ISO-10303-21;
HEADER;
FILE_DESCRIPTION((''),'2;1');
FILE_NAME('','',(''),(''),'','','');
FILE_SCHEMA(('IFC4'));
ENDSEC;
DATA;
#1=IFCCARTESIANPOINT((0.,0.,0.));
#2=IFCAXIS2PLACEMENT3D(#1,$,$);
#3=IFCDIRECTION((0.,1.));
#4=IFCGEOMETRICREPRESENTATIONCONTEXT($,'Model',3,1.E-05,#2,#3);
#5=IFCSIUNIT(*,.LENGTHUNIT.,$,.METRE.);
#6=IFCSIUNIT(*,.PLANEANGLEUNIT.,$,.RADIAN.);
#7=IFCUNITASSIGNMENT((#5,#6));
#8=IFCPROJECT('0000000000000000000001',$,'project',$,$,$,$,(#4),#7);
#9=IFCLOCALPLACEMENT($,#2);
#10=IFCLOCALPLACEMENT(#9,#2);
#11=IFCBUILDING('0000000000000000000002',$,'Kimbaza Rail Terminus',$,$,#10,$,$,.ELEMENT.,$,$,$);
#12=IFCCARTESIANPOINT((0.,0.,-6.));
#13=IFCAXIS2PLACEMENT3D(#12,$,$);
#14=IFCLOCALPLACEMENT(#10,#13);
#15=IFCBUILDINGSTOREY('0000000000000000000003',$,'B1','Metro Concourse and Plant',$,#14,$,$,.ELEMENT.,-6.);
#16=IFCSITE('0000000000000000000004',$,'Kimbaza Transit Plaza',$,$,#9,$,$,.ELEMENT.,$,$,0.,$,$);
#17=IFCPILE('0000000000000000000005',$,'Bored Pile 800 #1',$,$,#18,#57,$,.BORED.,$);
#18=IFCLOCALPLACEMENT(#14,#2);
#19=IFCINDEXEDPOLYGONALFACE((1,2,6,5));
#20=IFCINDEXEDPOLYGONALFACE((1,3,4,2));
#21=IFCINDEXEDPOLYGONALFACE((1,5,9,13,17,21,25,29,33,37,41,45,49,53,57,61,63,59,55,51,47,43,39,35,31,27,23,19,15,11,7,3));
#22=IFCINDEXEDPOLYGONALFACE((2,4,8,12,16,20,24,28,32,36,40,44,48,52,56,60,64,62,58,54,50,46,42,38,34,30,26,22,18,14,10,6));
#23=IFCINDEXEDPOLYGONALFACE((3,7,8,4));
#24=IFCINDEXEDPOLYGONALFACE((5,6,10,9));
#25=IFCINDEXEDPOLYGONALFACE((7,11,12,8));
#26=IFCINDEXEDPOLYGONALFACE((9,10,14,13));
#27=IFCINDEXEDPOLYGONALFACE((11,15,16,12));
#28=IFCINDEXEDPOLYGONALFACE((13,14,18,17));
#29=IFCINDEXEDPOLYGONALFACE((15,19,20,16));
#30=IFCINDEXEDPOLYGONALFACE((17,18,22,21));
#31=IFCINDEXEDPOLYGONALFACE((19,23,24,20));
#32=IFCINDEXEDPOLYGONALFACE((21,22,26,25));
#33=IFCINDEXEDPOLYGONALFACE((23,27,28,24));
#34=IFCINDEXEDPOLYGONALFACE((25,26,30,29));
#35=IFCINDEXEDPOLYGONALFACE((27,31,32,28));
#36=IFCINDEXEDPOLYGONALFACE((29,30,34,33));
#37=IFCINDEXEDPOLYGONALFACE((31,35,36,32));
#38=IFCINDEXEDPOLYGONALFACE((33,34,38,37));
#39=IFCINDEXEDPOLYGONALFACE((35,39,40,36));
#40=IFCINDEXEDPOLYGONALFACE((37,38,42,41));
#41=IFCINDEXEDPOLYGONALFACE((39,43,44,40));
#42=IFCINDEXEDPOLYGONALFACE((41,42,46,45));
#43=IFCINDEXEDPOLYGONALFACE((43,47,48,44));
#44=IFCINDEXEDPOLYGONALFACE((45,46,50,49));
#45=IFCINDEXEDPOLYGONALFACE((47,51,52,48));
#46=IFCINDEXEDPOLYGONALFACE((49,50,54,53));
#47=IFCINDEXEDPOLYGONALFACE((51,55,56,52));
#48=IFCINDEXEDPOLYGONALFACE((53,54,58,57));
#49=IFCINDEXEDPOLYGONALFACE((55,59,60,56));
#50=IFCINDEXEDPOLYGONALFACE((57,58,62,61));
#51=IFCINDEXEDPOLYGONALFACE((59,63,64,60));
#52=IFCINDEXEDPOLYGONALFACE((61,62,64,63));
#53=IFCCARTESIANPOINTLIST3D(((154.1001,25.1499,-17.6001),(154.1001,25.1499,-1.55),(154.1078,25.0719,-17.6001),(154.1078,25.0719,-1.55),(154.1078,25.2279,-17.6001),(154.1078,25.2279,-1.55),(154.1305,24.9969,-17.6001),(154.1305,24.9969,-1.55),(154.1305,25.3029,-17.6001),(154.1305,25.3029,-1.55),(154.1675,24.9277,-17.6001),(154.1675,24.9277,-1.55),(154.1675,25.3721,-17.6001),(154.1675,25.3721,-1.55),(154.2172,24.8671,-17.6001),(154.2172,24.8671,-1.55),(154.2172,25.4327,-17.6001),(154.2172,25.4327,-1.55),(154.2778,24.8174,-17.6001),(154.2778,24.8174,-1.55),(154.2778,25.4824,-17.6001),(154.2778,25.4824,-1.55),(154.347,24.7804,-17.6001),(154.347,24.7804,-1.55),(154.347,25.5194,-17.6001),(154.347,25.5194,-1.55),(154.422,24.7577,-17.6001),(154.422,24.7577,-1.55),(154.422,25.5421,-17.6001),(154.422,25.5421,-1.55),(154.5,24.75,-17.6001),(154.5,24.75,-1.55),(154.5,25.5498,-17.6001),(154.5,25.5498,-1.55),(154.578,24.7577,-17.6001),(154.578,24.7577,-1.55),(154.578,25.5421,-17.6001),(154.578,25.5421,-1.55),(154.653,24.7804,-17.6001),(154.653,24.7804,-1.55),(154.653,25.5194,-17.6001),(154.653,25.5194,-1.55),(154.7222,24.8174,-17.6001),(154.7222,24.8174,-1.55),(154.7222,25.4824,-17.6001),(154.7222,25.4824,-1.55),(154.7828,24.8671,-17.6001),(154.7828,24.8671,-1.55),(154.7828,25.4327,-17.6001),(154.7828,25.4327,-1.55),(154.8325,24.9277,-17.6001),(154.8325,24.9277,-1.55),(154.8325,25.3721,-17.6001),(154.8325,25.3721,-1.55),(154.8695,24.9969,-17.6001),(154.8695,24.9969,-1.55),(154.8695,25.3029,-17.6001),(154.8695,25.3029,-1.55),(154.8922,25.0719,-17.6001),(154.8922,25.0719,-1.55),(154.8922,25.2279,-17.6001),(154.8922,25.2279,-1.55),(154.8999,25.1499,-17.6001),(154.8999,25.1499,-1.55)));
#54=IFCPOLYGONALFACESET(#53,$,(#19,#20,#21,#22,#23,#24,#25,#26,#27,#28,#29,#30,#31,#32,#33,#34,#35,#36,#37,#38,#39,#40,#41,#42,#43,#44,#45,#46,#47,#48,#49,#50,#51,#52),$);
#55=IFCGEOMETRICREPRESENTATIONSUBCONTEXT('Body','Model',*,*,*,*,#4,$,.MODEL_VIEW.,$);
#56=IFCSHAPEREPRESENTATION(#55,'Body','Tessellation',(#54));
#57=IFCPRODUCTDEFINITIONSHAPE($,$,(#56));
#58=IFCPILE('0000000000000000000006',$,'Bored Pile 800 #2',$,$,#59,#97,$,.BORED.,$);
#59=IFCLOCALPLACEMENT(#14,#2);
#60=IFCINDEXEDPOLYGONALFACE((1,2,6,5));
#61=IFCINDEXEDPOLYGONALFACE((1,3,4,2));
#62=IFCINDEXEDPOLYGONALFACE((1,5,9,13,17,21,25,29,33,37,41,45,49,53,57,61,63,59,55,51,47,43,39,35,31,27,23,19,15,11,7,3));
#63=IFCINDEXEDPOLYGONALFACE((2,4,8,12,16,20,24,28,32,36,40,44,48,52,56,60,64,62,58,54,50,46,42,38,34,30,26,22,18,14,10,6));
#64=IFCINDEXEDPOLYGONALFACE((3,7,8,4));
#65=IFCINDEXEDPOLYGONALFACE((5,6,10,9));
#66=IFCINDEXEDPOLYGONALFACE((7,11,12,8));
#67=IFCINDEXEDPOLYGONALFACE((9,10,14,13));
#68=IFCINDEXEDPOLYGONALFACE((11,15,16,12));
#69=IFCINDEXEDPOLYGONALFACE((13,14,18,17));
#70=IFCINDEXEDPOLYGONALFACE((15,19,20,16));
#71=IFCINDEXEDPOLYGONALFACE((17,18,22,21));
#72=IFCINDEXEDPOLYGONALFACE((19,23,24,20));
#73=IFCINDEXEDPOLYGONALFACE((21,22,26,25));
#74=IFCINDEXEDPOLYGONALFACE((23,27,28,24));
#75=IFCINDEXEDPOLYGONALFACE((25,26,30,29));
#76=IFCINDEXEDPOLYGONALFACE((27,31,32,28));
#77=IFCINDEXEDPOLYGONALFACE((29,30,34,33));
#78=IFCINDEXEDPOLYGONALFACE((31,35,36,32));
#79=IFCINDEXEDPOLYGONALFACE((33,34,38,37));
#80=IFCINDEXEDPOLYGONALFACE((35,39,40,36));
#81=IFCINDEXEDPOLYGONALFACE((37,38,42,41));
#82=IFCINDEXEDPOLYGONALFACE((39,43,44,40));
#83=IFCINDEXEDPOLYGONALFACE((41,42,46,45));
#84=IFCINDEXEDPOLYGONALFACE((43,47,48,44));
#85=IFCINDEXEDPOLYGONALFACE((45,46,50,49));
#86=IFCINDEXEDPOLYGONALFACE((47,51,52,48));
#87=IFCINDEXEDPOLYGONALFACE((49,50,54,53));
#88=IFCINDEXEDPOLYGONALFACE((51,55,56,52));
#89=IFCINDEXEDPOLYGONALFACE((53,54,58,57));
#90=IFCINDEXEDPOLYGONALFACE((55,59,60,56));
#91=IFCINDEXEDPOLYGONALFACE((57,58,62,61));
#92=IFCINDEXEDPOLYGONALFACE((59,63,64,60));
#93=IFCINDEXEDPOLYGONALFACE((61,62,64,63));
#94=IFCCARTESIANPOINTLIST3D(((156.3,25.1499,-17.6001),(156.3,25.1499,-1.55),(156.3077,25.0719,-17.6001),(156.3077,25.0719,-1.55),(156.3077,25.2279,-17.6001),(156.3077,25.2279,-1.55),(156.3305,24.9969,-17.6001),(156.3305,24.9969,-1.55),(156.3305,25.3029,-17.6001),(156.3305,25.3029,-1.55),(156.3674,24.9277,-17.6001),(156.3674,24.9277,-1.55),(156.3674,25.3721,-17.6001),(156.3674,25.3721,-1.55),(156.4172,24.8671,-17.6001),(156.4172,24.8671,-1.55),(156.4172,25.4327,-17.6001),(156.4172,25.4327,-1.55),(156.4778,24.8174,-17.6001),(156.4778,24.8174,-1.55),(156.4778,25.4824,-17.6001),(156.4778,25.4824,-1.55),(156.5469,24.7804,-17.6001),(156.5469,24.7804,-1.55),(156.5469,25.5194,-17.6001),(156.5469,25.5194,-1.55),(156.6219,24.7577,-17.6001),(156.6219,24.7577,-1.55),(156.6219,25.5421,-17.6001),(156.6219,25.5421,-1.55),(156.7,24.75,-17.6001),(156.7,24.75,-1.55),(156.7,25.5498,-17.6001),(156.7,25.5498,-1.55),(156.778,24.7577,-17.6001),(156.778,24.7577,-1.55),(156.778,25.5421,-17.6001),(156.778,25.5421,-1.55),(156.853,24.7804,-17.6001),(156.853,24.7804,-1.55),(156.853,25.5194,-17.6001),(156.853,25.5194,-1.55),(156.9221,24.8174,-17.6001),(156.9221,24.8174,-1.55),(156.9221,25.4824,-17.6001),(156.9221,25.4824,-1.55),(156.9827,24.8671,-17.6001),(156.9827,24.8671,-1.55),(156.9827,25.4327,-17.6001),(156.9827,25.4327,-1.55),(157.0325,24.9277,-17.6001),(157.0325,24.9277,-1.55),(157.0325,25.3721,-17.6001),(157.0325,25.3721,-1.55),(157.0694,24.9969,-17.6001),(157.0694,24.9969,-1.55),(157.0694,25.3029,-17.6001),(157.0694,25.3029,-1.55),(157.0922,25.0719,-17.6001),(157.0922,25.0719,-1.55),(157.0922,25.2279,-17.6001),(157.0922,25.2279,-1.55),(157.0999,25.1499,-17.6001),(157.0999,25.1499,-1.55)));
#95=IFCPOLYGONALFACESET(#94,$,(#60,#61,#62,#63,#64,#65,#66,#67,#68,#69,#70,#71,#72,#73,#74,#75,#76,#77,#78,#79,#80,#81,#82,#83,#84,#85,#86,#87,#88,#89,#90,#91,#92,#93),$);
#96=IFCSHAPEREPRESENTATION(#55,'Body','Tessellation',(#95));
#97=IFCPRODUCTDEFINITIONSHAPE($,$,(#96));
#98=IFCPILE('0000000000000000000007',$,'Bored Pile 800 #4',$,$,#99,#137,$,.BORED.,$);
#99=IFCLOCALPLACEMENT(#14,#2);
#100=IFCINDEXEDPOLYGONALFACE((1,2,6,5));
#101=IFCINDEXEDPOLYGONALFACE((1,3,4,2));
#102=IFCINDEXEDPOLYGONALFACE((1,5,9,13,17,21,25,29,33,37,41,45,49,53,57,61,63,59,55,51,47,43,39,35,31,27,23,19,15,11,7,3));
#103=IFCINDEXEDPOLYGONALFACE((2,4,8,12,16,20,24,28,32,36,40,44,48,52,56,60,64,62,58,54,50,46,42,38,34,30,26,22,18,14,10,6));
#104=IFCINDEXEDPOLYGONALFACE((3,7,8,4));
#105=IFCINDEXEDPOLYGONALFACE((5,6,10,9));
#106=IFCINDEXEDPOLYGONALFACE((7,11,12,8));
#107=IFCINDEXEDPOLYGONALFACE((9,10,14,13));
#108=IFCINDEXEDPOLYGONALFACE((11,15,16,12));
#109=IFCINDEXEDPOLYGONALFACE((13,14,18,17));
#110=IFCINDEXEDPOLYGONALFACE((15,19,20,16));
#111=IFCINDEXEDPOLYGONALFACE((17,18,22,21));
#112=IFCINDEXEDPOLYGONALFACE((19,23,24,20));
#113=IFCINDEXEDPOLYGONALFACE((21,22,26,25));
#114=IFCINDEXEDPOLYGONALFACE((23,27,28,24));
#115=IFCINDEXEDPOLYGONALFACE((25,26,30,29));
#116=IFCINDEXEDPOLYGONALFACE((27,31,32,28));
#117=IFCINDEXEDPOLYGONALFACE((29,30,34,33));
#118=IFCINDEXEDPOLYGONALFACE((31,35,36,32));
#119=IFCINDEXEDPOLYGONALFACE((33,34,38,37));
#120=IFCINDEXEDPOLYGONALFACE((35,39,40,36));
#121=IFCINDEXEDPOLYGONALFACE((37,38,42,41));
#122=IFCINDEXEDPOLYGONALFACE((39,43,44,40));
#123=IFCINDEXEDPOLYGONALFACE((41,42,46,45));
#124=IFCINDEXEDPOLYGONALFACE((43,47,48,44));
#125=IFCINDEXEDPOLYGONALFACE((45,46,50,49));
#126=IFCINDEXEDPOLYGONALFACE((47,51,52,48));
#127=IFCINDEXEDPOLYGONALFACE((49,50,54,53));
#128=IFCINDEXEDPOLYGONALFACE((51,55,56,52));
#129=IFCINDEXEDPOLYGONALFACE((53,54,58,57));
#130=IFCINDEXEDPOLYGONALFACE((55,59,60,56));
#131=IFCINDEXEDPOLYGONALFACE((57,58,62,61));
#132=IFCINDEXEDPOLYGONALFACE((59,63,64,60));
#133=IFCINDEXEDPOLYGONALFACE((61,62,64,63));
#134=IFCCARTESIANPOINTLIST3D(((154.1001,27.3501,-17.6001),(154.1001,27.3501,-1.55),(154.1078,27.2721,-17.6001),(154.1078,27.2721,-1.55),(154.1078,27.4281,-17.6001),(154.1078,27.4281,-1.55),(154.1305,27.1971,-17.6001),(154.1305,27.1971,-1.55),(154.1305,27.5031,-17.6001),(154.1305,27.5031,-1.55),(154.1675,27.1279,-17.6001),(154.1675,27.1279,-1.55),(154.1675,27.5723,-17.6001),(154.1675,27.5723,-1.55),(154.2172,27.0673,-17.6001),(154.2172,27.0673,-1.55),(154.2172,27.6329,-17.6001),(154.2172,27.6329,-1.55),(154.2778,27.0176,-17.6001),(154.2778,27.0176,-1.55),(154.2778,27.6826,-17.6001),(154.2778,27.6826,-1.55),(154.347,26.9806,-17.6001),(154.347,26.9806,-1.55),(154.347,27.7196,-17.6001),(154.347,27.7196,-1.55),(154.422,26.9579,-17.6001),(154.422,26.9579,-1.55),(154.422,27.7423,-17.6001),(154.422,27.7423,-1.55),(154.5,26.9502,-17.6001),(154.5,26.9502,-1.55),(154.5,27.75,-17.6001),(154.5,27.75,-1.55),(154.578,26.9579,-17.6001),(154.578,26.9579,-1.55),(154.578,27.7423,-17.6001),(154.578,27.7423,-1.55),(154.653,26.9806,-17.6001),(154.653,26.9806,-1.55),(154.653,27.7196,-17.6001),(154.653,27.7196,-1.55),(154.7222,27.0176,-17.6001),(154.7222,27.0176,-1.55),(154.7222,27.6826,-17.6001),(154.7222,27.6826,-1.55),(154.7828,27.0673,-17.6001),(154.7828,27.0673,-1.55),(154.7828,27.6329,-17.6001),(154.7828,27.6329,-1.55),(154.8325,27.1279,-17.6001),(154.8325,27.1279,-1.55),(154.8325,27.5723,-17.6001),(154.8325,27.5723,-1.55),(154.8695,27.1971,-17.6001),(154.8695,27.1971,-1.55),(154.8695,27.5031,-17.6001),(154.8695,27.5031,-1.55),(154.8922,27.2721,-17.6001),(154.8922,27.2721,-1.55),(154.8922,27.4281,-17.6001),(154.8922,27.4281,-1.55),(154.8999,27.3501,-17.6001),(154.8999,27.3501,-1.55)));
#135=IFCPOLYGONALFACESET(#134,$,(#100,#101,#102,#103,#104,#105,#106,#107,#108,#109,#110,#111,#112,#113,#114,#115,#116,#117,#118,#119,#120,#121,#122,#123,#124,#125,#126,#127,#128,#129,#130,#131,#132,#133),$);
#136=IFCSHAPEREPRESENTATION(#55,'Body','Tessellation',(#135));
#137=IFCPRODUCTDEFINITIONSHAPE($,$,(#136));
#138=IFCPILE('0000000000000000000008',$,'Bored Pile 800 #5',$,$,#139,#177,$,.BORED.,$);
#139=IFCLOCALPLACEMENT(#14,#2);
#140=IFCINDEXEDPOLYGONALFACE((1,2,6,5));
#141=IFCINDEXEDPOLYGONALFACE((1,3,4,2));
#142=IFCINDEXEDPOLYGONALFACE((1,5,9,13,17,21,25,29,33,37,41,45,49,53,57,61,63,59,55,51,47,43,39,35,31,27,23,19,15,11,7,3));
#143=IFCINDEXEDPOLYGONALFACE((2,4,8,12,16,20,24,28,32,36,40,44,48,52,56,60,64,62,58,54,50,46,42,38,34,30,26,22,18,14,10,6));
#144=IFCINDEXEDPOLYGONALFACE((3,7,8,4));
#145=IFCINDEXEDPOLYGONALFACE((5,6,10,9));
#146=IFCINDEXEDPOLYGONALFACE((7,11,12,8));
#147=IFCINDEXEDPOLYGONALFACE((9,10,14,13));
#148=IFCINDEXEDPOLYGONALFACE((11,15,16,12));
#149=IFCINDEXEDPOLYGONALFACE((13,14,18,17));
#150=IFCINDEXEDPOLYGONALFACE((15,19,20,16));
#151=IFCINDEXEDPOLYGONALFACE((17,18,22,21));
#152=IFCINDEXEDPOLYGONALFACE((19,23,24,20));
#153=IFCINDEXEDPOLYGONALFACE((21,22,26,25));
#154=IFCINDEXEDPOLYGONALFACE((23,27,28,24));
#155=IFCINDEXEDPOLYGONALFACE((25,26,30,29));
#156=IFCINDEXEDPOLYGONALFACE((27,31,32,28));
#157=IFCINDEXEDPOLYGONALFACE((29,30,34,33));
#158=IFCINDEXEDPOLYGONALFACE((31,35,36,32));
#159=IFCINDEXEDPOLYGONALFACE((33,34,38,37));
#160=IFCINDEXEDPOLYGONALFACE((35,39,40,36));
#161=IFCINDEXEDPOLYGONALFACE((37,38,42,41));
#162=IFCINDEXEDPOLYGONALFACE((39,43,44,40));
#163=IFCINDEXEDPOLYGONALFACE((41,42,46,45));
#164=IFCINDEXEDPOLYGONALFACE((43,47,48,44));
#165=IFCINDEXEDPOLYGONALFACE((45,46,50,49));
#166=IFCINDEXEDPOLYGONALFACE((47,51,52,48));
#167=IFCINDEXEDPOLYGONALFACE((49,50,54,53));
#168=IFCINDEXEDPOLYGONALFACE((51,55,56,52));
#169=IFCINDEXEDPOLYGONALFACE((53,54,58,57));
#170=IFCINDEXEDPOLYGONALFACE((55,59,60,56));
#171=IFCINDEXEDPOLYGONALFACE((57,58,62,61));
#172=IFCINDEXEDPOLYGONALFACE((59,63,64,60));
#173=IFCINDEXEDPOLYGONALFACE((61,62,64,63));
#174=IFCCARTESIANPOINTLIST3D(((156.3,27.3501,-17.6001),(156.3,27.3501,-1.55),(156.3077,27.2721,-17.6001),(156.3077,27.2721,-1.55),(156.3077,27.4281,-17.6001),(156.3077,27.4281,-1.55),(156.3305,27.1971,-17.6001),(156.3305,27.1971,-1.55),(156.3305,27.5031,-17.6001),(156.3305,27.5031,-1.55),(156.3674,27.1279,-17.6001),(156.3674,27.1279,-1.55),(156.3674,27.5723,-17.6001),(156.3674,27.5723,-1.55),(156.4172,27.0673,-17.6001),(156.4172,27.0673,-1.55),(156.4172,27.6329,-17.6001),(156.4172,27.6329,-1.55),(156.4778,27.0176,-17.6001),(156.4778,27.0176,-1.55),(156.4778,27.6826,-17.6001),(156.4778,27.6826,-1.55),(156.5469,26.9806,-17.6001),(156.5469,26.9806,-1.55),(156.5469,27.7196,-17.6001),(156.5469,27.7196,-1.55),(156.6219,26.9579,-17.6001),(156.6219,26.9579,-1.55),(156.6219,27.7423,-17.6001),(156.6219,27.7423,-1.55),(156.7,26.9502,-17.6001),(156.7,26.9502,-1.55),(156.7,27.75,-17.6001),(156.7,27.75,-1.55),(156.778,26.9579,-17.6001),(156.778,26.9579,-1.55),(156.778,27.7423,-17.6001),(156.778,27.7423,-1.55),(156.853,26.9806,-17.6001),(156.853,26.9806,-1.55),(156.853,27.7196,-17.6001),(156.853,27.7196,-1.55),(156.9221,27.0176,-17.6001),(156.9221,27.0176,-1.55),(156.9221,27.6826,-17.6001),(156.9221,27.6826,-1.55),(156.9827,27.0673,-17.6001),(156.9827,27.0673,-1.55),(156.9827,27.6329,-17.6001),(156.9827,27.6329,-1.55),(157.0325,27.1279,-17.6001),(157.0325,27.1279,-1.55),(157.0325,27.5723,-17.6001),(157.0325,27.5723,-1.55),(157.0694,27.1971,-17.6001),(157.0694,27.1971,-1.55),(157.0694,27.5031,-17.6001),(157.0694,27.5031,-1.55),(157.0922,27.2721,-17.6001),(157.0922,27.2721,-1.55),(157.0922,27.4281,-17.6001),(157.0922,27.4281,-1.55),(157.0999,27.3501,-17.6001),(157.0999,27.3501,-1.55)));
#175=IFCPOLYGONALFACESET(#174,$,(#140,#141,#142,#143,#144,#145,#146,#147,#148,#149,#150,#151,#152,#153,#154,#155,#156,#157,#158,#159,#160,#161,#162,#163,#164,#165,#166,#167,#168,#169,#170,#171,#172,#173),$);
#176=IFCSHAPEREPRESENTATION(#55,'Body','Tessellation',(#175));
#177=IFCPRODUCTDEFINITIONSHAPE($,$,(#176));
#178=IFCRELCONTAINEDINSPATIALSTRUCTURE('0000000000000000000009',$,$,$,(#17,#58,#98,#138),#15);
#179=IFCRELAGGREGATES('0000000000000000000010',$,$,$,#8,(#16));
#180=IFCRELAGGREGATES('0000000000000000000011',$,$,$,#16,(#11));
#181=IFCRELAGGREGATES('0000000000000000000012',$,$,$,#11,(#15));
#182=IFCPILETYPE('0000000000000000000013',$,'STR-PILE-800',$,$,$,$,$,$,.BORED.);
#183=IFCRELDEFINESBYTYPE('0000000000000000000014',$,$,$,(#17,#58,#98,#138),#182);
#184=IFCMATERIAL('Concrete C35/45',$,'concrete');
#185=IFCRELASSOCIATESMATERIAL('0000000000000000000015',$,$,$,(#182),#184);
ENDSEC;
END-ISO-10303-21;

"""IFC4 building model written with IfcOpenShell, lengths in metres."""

from ifc_helpers import new_model, si_unit, direction, frame, origin, origin_2d, place, context, subcontext, project, spatial, circle, extrude, material, material_profile, profile_set, type_object, element, save


model = new_model("IFC4")

# Units and contexts
model_context = context("Model", 3, precision=1e-05, world=origin(), true_north=direction((0.0, 1.0)))
body_context = subcontext(model_context, "Body", "Model", "MODEL_VIEW")
ifc_project = project(units=[si_unit("LENGTHUNIT", "METRE"), si_unit("PLANEANGLEUNIT", "RADIAN")], contexts=[model_context])

# Site, building, storey
site_placement = place(None, origin())
site = spatial("IfcSite", under=ifc_project, at=site_placement, Name="Kimbaza Transit Plaza", CompositionType="ELEMENT", RefElevation=0.0)
building_placement = place(site_placement, origin())
building = spatial("IfcBuilding", under=site, at=building_placement, Name="Kimbaza Rail Terminus", CompositionType="ELEMENT")
storey_placement = place(building_placement, frame((0.0, 0.0, -6.0)))
storey = spatial("IfcBuildingStorey", under=building, at=storey_placement, Name="B1", Description="Metro Concourse and Plant", CompositionType="ELEMENT", Elevation=-6.0)

# Piles
ifc_material_1 = material(Name="Concrete C35/45", Category="concrete")
ifc_material_profile_1 = material_profile(ifc_material_1, circle(Radius=0.3999, at=origin_2d()), Name="BORED PILE 800")
ifc_profile_set_1 = profile_set([ifc_material_profile_1], Name="Concrete C35/45")
pile_type_1 = type_object("IfcPileType", Name="STR-PILE-800", PredefinedType="BORED", material=ifc_profile_set_1)
for number, where, z_axis, x_axis, name in (
    (1, (154.5, 25.1499, -1.55), (0.0, 0.0, -1.0), (1.0, 0.0, 0.0), "Bored Pile 800 #1"),
    (2, (156.7, 25.1499, -1.55), (0.0, 0.0, -1.0), (1.0, 0.0, 0.0), "Bored Pile 800 #2"),
    (3, (154.5, 27.3501, -1.55), (0.0, 0.0, -1.0), (1.0, 0.0, 0.0), "Bored Pile 800 #4"),
    (4, (156.7, 27.3501, -1.55), (0.0, 0.0, -1.0), (1.0, 0.0, 0.0), "Bored Pile 800 #5"),
):
    element("IfcPile", number, at=place(storey_placement, frame(where, z_axis=z_axis, x_axis=x_axis)), inside=storey, type_object=pile_type_1, Name=name, PredefinedType="BORED", context=body_context, shape_type="SweptSolid", body=[
        extrude(circle(Radius=0.3999, at=origin_2d()), origin(), (0.0, 0.0, 1.0), 16.05),
    ])

save(model, "model.ifc")
